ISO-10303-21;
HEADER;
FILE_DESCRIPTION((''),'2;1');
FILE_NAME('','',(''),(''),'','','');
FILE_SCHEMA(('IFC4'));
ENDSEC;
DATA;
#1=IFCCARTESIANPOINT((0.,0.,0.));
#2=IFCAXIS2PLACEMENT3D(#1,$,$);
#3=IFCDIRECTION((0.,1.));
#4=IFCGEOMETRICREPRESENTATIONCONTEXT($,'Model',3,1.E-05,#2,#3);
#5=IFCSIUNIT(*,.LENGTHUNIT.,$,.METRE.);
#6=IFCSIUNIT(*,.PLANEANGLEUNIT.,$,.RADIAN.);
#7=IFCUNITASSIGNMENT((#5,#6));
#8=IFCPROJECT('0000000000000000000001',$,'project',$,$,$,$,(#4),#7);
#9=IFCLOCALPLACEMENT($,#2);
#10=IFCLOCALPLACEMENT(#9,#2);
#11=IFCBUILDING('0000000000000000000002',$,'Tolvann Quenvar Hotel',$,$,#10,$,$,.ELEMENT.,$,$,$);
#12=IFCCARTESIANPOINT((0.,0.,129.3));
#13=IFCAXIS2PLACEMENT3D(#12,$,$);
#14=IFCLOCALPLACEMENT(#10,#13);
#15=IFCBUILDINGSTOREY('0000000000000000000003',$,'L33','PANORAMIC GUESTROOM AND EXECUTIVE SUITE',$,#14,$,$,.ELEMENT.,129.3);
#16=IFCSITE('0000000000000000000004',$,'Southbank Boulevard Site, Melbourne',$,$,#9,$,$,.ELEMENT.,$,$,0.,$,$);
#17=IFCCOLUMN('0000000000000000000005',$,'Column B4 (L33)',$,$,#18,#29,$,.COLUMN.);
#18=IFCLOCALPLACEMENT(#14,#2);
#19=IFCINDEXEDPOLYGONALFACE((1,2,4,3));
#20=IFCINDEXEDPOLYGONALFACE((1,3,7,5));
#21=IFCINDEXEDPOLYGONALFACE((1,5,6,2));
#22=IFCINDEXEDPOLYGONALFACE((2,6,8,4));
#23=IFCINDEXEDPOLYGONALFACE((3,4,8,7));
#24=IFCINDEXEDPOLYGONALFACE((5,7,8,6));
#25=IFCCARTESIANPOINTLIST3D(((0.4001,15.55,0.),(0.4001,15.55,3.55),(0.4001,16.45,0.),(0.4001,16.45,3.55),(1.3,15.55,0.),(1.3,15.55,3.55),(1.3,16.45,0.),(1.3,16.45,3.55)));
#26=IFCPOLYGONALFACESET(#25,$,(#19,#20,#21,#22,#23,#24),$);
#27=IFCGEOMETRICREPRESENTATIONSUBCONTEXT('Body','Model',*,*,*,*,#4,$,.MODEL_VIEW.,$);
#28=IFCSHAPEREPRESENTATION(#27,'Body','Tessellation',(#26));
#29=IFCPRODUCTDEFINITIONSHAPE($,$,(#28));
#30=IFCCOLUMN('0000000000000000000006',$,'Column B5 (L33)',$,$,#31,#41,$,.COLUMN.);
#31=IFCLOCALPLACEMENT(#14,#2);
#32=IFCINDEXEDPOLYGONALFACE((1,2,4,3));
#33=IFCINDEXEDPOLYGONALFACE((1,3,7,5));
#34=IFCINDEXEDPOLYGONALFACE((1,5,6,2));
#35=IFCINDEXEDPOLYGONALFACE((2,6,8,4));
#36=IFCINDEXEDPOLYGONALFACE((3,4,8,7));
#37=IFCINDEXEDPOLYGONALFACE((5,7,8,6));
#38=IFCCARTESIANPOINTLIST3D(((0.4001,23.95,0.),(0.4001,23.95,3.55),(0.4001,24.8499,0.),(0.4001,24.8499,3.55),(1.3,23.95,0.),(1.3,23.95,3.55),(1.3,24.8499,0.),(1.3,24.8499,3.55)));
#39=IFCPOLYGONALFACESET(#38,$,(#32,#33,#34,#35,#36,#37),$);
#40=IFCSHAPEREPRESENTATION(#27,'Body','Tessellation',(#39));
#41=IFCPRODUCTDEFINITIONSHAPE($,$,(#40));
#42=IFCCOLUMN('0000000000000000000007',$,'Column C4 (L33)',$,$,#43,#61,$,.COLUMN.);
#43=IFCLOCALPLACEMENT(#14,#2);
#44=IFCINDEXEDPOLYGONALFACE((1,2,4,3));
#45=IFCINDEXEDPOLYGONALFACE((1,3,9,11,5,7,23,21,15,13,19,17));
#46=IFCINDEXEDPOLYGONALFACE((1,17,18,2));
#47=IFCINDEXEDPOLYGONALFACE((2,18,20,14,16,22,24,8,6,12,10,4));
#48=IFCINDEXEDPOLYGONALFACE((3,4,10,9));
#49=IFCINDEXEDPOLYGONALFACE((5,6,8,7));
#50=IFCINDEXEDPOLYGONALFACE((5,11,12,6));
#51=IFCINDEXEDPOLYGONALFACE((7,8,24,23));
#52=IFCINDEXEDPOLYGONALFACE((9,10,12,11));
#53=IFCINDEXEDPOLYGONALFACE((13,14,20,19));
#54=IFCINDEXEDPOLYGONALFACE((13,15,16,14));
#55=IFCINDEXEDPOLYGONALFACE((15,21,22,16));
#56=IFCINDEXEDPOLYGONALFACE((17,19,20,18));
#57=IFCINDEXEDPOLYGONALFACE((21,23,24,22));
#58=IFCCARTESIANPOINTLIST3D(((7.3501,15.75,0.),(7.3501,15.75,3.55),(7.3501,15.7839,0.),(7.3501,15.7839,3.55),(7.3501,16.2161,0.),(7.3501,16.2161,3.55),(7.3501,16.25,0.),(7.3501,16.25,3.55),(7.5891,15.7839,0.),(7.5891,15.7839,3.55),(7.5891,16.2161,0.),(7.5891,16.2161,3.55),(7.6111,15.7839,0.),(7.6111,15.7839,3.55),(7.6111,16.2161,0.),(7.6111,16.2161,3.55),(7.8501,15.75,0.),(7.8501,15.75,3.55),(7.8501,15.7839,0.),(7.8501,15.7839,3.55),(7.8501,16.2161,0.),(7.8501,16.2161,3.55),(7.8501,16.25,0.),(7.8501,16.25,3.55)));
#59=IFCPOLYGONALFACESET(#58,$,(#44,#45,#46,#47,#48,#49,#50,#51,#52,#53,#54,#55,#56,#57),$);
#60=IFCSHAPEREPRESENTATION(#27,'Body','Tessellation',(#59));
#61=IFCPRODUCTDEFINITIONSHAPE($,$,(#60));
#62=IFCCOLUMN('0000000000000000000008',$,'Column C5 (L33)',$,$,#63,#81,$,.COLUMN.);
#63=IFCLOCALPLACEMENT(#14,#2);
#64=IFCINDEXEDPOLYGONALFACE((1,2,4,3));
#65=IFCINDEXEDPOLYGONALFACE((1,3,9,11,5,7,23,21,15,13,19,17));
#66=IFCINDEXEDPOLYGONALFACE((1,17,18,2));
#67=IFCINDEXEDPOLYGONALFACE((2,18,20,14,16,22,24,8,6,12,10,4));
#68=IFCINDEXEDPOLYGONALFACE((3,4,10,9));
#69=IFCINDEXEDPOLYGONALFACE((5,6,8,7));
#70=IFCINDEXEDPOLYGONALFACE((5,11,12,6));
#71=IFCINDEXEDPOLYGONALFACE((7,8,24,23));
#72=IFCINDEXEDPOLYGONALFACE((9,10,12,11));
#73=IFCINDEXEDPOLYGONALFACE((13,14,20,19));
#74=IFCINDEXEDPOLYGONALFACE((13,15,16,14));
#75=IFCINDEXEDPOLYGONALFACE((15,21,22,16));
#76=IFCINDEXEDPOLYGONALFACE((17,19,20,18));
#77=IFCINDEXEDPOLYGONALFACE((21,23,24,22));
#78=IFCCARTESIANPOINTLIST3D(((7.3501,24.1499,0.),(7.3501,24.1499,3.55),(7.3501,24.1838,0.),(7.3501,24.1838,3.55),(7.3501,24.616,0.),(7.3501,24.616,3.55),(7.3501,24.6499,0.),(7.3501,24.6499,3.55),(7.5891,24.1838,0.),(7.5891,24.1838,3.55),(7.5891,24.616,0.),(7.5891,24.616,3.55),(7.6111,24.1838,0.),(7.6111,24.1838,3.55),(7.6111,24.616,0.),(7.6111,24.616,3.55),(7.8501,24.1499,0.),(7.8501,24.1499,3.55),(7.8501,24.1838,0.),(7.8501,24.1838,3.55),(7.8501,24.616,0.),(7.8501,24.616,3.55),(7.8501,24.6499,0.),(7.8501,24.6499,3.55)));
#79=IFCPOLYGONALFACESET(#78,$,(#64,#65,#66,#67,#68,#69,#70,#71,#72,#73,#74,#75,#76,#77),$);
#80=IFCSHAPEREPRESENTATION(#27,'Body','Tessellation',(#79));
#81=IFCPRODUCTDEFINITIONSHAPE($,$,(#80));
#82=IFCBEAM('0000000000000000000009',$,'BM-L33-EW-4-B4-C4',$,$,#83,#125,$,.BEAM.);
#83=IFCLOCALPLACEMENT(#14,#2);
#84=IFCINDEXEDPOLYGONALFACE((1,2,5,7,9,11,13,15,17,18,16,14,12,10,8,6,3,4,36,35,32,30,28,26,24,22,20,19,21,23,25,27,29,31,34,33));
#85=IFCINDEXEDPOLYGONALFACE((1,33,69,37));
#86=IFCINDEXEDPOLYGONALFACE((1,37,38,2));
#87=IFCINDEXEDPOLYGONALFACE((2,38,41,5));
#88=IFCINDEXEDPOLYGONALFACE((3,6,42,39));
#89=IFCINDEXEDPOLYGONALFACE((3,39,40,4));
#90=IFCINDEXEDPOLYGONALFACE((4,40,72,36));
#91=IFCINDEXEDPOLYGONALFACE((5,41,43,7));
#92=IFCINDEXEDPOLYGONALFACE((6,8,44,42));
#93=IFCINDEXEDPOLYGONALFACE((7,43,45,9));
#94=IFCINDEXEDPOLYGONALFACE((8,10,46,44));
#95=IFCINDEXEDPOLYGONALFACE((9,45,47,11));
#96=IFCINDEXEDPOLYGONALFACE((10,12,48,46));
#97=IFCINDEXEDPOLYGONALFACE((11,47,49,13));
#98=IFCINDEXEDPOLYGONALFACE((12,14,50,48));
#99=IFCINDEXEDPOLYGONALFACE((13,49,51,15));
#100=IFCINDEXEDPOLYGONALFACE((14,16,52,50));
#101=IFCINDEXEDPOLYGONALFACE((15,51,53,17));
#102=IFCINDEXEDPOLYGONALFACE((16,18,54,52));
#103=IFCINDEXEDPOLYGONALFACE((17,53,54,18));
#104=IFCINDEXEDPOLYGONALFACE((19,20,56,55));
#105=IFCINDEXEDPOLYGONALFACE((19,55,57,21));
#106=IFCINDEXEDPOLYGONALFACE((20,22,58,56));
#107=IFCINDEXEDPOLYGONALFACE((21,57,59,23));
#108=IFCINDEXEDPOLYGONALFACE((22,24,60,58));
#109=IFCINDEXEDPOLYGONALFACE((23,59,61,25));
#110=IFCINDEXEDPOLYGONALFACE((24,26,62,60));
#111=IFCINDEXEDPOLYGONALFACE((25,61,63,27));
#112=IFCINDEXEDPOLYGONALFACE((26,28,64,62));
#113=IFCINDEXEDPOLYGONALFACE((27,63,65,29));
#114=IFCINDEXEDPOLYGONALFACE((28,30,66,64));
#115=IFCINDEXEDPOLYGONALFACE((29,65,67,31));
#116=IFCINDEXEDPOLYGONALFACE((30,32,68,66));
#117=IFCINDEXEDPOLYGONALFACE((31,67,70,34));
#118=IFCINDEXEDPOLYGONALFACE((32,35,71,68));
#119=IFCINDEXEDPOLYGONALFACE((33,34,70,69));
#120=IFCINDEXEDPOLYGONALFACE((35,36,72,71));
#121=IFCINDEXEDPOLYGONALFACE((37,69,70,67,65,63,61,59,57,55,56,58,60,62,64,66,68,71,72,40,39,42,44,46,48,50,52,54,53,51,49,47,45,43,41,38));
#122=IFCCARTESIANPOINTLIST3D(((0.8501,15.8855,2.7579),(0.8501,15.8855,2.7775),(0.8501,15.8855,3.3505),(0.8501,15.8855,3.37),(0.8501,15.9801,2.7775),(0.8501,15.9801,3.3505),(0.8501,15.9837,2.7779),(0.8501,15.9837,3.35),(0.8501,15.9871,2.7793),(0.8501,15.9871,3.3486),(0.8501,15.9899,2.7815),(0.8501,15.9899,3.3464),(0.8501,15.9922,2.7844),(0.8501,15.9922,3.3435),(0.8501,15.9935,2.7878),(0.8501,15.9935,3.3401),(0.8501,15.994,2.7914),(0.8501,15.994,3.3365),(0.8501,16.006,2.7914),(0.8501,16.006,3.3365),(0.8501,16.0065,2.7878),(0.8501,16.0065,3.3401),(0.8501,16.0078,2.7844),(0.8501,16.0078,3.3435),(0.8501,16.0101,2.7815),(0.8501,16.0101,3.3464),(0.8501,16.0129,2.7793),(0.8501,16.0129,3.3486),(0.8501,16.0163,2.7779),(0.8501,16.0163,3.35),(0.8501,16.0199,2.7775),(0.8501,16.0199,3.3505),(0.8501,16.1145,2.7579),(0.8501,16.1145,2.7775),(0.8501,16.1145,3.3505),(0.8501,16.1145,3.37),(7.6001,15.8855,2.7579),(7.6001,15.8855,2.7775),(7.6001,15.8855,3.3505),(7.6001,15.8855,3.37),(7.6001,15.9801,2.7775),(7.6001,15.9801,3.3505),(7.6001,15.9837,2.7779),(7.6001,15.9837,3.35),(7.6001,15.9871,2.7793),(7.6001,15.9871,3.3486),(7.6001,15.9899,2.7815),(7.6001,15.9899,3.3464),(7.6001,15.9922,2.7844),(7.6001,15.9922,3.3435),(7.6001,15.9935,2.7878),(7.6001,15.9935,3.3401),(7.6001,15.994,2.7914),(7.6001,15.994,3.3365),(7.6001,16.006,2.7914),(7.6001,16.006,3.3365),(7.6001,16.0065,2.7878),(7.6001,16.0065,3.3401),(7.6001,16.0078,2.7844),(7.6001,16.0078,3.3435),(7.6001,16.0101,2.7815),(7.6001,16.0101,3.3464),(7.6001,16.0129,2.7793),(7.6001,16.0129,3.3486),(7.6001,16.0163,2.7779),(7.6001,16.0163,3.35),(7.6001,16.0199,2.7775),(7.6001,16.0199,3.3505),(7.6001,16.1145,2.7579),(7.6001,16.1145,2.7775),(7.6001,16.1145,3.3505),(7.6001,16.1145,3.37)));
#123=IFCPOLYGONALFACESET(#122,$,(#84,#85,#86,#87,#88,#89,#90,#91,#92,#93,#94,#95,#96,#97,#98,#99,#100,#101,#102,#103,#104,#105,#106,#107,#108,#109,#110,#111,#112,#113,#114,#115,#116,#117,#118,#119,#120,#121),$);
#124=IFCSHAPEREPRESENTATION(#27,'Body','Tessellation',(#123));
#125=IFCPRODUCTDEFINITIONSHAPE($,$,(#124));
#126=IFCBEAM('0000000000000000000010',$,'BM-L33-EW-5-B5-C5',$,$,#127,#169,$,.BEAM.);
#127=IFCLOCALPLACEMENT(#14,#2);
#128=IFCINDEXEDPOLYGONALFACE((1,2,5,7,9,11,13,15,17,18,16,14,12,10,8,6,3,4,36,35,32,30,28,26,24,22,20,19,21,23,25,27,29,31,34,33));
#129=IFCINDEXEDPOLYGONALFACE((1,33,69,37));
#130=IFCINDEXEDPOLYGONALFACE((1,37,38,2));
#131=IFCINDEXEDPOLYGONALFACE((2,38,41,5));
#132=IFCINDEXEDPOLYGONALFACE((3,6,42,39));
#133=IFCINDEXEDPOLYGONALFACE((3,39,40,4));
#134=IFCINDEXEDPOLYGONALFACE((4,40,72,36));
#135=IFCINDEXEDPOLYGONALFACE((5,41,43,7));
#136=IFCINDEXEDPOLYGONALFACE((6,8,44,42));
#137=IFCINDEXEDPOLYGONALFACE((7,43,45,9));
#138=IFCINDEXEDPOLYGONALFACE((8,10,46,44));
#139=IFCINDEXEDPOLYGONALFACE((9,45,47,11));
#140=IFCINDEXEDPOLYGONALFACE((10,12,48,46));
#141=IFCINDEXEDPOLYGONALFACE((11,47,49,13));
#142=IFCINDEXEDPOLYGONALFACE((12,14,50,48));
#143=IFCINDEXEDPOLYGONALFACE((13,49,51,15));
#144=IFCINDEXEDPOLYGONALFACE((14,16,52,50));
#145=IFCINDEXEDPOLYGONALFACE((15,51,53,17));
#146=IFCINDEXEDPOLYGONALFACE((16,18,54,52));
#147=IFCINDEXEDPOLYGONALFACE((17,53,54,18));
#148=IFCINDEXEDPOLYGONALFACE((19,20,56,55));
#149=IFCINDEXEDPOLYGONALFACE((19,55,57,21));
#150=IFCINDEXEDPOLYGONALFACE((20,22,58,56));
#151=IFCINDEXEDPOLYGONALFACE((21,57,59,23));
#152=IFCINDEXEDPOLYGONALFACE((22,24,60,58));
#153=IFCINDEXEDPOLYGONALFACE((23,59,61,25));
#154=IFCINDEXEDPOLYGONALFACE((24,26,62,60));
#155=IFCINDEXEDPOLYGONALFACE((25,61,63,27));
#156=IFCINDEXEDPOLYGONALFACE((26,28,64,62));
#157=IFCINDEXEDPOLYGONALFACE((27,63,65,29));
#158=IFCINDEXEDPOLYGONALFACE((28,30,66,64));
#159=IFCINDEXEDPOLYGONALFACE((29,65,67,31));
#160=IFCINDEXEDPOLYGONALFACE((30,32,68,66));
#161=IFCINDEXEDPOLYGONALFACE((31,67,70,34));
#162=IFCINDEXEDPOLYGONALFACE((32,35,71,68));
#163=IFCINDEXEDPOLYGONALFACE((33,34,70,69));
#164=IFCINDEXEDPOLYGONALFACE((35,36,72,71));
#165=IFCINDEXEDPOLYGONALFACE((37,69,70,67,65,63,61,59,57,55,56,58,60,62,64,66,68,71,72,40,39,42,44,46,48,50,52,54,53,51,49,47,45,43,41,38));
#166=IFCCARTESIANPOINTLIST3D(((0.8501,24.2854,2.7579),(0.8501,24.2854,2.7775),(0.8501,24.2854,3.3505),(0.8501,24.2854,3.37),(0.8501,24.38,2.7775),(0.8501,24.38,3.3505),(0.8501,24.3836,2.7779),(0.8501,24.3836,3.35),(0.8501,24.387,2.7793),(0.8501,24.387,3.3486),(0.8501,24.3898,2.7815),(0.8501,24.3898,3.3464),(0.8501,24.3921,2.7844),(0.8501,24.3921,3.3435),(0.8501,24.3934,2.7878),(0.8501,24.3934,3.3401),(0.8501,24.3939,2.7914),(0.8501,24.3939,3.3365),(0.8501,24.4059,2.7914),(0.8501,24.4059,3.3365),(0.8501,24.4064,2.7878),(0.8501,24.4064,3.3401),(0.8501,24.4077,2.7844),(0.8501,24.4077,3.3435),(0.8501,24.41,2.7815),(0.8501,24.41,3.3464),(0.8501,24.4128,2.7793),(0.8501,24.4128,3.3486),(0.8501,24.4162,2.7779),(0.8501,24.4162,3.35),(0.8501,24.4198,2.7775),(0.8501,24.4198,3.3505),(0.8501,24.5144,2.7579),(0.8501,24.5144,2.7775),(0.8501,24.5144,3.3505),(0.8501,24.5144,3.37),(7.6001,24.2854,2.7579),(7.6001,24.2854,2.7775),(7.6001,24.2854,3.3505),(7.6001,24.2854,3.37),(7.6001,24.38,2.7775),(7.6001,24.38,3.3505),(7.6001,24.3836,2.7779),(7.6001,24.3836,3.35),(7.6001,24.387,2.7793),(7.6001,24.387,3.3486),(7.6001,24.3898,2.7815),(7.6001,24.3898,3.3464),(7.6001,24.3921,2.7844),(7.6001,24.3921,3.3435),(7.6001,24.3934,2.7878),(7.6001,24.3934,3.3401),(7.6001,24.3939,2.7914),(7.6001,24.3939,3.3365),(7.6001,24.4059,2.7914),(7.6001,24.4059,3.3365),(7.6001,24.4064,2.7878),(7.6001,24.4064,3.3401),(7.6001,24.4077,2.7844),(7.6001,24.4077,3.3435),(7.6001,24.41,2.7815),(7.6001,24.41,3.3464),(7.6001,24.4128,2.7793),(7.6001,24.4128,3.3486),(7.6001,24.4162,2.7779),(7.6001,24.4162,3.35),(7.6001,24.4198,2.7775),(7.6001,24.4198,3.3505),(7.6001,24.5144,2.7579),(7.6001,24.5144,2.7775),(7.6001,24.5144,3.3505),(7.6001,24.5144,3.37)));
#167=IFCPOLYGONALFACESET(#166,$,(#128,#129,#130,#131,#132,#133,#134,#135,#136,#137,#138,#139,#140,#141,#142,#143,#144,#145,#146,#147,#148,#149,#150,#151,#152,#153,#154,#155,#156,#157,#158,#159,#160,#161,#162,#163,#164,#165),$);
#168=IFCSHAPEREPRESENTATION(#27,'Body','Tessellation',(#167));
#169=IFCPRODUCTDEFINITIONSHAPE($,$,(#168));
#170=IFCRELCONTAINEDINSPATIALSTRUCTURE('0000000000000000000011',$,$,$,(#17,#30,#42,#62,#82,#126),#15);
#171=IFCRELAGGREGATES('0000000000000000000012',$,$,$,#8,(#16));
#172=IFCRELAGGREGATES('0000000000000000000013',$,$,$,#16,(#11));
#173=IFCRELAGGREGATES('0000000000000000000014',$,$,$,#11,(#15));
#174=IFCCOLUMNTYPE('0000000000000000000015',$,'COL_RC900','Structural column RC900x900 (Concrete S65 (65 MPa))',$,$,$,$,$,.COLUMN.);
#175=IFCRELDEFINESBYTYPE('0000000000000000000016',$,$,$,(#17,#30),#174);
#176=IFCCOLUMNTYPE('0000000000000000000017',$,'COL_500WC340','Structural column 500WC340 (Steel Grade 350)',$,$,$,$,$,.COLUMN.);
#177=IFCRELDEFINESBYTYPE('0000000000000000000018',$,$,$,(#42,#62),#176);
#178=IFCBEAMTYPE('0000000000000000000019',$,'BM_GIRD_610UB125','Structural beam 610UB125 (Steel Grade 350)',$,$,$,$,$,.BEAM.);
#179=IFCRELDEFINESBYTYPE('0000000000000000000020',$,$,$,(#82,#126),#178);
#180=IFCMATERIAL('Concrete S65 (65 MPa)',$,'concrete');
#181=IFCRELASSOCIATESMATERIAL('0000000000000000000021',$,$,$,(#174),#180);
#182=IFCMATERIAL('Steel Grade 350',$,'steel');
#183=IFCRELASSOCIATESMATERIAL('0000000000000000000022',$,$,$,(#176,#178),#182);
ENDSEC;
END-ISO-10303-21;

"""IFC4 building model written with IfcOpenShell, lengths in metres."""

from ifc_helpers import new_model, si_unit, direction, frame, origin, origin_2d, place, context, subcontext, project, spatial, rectangle, i_section, extrude, source, transform, mapped, material, material_profile, profile_set, type_object, type_shapes, element, save


model = new_model("IFC4")

# Units and contexts
model_context = context("Model", 3, precision=1e-05, world=origin(), true_north=direction((0.0, 1.0)))
body_context = subcontext(model_context, "Body", "Model", "MODEL_VIEW")
ifc_project = project(units=[si_unit("LENGTHUNIT", "METRE"), si_unit("PLANEANGLEUNIT", "RADIAN")], contexts=[model_context])

# Site, building, storey
site_placement = place(None, origin())
site = spatial("IfcSite", under=ifc_project, at=site_placement, Name="Southbank Boulevard Site, Melbourne", CompositionType="ELEMENT", RefElevation=0.0)
building_placement = place(site_placement, origin())
building = spatial("IfcBuilding", under=site, at=building_placement, Name="Tolvann Quenvar Hotel", CompositionType="ELEMENT")
storey_placement = place(building_placement, frame((0.0, 0.0, 129.3)))
storey = spatial("IfcBuildingStorey", under=building, at=storey_placement, Name="L33", Description="PANORAMIC GUESTROOM AND EXECUTIVE SUITE", CompositionType="ELEMENT", Elevation=129.3)

# Columns
ifc_material_1 = material(Name="Concrete S65 (65 MPa)", Category="concrete")
ifc_material_profile_1 = material_profile(ifc_material_1, rectangle(XDim=0.8999, YDim=0.8999, at=origin_2d()), Name="RC900x900")
ifc_profile_set_1 = profile_set([ifc_material_profile_1], Name="Concrete S65 (65 MPa)")
column_type_1 = type_object("IfcColumnType", Name="COL_RC900", Description="Structural column RC900x900 (Concrete S65 (65 MPa))", PredefinedType="COLUMN", material=ifc_profile_set_1)
shared_shape_1 = source(origin(), body_context, "Body", "SweptSolid", [
    extrude(rectangle(XDim=0.8999, YDim=0.8999, at=origin_2d()), origin(), (0.0, 0.0, 1.0), 3.55),
])
type_shapes(column_type_1, [shared_shape_1])
for number, where, z_axis, x_axis, name in (
    (1, (0.8501, 16.0, 0.0), (0.0, 0.0, 1.0), (1.0, 0.0, 0.0), "Column B4 (L33)"),
    (2, (0.8501, 24.3999, 0.0), (0.0, 0.0, 1.0), (1.0, 0.0, 0.0), "Column B5 (L33)"),
):
    element("IfcColumn", number, at=place(storey_placement, frame(where, z_axis=z_axis, x_axis=x_axis)), inside=storey, type_object=column_type_1, Name=name, PredefinedType="COLUMN", context=body_context, shape_type="MappedRepresentation", body=[
        mapped(shared_shape_1, transform((0.0, 0.0, 0.0), x_axis=(1.0, 0.0, 0.0), y_axis=(0.0, 1.0, 0.0), z_axis=(0.0, 0.0, 1.0), scale=1.0)),
    ])
ifc_material_2 = material(Name="Steel Grade 350", Category="steel")
ifc_material_profile_2 = material_profile(ifc_material_2, i_section(OverallWidth=0.5, OverallDepth=0.5, WebThickness=0.022, FlangeThickness=0.0339, at=origin_2d()), Name="500WC340")
ifc_profile_set_2 = profile_set([ifc_material_profile_2], Name="Steel Grade 350")
column_type_2 = type_object("IfcColumnType", Name="COL_500WC340", Description="Structural column 500WC340 (Steel Grade 350)", PredefinedType="COLUMN", material=ifc_profile_set_2)
shared_shape_2 = source(origin(), body_context, "Body", "SweptSolid", [
    extrude(i_section(OverallWidth=0.5, OverallDepth=0.5, WebThickness=0.022, FlangeThickness=0.0339, at=origin_2d()), origin(), (0.0, 0.0, 1.0), 3.55),
])
type_shapes(column_type_2, [shared_shape_2])
for number, where, z_axis, x_axis, name in (
    (3, (7.6001, 16.0, 0.0), (0.0, 0.0, 1.0), (1.0, 0.0, 0.0), "Column C4 (L33)"),
    (4, (7.6001, 24.3999, 0.0), (0.0, 0.0, 1.0), (1.0, 0.0, 0.0), "Column C5 (L33)"),
):
    element("IfcColumn", number, at=place(storey_placement, frame(where, z_axis=z_axis, x_axis=x_axis)), inside=storey, type_object=column_type_2, Name=name, PredefinedType="COLUMN", context=body_context, shape_type="MappedRepresentation", body=[
        mapped(shared_shape_2, transform((0.0, 0.0, 0.0), x_axis=(1.0, 0.0, 0.0), y_axis=(0.0, 1.0, 0.0), z_axis=(0.0, 0.0, 1.0), scale=1.0)),
    ])

# Beams
ifc_material_profile_3 = material_profile(ifc_material_2, i_section(OverallWidth=0.229, OverallDepth=0.6121, WebThickness=0.012, FlangeThickness=0.0195, FilletRadius=0.0139, at=origin_2d()), Name="610UB125")
ifc_profile_set_3 = profile_set([ifc_material_profile_3], Name="Steel Grade 350")
beam_type_1 = type_object("IfcBeamType", Name="BM_GIRD_610UB125", Description="Structural beam 610UB125 (Steel Grade 350)", PredefinedType="BEAM", material=ifc_profile_set_3)
shared_shape_3 = source(origin(), body_context, "Body", "SweptSolid", [
    extrude(i_section(OverallWidth=0.229, OverallDepth=0.6121, WebThickness=0.012, FlangeThickness=0.0195, FilletRadius=0.0139, at=origin_2d()), origin(), (0.0, 0.0, 1.0), 6.75),
])
for number, where, z_axis, x_axis, name in (
    (5, (0.8501, 16.0, 3.064), (1.0, 0.0, 0.0), (0.0, 1.0, 0.0), "BM-L33-EW-4-B4-C4"),
    (6, (0.8501, 24.3999, 3.064), (1.0, 0.0, 0.0), (0.0, 1.0, 0.0), "BM-L33-EW-5-B5-C5"),
):
    element("IfcBeam", number, at=place(storey_placement, frame(where, z_axis=z_axis, x_axis=x_axis)), inside=storey, type_object=beam_type_1, Name=name, PredefinedType="BEAM", context=body_context, shape_type="MappedRepresentation", body=[
        mapped(shared_shape_3, transform((0.0, 0.0, 0.0), x_axis=(1.0, 0.0, 0.0), y_axis=(0.0, 1.0, 0.0), z_axis=(0.0, 0.0, 1.0), scale=1.0)),
    ])

save(model, "model.ifc")
